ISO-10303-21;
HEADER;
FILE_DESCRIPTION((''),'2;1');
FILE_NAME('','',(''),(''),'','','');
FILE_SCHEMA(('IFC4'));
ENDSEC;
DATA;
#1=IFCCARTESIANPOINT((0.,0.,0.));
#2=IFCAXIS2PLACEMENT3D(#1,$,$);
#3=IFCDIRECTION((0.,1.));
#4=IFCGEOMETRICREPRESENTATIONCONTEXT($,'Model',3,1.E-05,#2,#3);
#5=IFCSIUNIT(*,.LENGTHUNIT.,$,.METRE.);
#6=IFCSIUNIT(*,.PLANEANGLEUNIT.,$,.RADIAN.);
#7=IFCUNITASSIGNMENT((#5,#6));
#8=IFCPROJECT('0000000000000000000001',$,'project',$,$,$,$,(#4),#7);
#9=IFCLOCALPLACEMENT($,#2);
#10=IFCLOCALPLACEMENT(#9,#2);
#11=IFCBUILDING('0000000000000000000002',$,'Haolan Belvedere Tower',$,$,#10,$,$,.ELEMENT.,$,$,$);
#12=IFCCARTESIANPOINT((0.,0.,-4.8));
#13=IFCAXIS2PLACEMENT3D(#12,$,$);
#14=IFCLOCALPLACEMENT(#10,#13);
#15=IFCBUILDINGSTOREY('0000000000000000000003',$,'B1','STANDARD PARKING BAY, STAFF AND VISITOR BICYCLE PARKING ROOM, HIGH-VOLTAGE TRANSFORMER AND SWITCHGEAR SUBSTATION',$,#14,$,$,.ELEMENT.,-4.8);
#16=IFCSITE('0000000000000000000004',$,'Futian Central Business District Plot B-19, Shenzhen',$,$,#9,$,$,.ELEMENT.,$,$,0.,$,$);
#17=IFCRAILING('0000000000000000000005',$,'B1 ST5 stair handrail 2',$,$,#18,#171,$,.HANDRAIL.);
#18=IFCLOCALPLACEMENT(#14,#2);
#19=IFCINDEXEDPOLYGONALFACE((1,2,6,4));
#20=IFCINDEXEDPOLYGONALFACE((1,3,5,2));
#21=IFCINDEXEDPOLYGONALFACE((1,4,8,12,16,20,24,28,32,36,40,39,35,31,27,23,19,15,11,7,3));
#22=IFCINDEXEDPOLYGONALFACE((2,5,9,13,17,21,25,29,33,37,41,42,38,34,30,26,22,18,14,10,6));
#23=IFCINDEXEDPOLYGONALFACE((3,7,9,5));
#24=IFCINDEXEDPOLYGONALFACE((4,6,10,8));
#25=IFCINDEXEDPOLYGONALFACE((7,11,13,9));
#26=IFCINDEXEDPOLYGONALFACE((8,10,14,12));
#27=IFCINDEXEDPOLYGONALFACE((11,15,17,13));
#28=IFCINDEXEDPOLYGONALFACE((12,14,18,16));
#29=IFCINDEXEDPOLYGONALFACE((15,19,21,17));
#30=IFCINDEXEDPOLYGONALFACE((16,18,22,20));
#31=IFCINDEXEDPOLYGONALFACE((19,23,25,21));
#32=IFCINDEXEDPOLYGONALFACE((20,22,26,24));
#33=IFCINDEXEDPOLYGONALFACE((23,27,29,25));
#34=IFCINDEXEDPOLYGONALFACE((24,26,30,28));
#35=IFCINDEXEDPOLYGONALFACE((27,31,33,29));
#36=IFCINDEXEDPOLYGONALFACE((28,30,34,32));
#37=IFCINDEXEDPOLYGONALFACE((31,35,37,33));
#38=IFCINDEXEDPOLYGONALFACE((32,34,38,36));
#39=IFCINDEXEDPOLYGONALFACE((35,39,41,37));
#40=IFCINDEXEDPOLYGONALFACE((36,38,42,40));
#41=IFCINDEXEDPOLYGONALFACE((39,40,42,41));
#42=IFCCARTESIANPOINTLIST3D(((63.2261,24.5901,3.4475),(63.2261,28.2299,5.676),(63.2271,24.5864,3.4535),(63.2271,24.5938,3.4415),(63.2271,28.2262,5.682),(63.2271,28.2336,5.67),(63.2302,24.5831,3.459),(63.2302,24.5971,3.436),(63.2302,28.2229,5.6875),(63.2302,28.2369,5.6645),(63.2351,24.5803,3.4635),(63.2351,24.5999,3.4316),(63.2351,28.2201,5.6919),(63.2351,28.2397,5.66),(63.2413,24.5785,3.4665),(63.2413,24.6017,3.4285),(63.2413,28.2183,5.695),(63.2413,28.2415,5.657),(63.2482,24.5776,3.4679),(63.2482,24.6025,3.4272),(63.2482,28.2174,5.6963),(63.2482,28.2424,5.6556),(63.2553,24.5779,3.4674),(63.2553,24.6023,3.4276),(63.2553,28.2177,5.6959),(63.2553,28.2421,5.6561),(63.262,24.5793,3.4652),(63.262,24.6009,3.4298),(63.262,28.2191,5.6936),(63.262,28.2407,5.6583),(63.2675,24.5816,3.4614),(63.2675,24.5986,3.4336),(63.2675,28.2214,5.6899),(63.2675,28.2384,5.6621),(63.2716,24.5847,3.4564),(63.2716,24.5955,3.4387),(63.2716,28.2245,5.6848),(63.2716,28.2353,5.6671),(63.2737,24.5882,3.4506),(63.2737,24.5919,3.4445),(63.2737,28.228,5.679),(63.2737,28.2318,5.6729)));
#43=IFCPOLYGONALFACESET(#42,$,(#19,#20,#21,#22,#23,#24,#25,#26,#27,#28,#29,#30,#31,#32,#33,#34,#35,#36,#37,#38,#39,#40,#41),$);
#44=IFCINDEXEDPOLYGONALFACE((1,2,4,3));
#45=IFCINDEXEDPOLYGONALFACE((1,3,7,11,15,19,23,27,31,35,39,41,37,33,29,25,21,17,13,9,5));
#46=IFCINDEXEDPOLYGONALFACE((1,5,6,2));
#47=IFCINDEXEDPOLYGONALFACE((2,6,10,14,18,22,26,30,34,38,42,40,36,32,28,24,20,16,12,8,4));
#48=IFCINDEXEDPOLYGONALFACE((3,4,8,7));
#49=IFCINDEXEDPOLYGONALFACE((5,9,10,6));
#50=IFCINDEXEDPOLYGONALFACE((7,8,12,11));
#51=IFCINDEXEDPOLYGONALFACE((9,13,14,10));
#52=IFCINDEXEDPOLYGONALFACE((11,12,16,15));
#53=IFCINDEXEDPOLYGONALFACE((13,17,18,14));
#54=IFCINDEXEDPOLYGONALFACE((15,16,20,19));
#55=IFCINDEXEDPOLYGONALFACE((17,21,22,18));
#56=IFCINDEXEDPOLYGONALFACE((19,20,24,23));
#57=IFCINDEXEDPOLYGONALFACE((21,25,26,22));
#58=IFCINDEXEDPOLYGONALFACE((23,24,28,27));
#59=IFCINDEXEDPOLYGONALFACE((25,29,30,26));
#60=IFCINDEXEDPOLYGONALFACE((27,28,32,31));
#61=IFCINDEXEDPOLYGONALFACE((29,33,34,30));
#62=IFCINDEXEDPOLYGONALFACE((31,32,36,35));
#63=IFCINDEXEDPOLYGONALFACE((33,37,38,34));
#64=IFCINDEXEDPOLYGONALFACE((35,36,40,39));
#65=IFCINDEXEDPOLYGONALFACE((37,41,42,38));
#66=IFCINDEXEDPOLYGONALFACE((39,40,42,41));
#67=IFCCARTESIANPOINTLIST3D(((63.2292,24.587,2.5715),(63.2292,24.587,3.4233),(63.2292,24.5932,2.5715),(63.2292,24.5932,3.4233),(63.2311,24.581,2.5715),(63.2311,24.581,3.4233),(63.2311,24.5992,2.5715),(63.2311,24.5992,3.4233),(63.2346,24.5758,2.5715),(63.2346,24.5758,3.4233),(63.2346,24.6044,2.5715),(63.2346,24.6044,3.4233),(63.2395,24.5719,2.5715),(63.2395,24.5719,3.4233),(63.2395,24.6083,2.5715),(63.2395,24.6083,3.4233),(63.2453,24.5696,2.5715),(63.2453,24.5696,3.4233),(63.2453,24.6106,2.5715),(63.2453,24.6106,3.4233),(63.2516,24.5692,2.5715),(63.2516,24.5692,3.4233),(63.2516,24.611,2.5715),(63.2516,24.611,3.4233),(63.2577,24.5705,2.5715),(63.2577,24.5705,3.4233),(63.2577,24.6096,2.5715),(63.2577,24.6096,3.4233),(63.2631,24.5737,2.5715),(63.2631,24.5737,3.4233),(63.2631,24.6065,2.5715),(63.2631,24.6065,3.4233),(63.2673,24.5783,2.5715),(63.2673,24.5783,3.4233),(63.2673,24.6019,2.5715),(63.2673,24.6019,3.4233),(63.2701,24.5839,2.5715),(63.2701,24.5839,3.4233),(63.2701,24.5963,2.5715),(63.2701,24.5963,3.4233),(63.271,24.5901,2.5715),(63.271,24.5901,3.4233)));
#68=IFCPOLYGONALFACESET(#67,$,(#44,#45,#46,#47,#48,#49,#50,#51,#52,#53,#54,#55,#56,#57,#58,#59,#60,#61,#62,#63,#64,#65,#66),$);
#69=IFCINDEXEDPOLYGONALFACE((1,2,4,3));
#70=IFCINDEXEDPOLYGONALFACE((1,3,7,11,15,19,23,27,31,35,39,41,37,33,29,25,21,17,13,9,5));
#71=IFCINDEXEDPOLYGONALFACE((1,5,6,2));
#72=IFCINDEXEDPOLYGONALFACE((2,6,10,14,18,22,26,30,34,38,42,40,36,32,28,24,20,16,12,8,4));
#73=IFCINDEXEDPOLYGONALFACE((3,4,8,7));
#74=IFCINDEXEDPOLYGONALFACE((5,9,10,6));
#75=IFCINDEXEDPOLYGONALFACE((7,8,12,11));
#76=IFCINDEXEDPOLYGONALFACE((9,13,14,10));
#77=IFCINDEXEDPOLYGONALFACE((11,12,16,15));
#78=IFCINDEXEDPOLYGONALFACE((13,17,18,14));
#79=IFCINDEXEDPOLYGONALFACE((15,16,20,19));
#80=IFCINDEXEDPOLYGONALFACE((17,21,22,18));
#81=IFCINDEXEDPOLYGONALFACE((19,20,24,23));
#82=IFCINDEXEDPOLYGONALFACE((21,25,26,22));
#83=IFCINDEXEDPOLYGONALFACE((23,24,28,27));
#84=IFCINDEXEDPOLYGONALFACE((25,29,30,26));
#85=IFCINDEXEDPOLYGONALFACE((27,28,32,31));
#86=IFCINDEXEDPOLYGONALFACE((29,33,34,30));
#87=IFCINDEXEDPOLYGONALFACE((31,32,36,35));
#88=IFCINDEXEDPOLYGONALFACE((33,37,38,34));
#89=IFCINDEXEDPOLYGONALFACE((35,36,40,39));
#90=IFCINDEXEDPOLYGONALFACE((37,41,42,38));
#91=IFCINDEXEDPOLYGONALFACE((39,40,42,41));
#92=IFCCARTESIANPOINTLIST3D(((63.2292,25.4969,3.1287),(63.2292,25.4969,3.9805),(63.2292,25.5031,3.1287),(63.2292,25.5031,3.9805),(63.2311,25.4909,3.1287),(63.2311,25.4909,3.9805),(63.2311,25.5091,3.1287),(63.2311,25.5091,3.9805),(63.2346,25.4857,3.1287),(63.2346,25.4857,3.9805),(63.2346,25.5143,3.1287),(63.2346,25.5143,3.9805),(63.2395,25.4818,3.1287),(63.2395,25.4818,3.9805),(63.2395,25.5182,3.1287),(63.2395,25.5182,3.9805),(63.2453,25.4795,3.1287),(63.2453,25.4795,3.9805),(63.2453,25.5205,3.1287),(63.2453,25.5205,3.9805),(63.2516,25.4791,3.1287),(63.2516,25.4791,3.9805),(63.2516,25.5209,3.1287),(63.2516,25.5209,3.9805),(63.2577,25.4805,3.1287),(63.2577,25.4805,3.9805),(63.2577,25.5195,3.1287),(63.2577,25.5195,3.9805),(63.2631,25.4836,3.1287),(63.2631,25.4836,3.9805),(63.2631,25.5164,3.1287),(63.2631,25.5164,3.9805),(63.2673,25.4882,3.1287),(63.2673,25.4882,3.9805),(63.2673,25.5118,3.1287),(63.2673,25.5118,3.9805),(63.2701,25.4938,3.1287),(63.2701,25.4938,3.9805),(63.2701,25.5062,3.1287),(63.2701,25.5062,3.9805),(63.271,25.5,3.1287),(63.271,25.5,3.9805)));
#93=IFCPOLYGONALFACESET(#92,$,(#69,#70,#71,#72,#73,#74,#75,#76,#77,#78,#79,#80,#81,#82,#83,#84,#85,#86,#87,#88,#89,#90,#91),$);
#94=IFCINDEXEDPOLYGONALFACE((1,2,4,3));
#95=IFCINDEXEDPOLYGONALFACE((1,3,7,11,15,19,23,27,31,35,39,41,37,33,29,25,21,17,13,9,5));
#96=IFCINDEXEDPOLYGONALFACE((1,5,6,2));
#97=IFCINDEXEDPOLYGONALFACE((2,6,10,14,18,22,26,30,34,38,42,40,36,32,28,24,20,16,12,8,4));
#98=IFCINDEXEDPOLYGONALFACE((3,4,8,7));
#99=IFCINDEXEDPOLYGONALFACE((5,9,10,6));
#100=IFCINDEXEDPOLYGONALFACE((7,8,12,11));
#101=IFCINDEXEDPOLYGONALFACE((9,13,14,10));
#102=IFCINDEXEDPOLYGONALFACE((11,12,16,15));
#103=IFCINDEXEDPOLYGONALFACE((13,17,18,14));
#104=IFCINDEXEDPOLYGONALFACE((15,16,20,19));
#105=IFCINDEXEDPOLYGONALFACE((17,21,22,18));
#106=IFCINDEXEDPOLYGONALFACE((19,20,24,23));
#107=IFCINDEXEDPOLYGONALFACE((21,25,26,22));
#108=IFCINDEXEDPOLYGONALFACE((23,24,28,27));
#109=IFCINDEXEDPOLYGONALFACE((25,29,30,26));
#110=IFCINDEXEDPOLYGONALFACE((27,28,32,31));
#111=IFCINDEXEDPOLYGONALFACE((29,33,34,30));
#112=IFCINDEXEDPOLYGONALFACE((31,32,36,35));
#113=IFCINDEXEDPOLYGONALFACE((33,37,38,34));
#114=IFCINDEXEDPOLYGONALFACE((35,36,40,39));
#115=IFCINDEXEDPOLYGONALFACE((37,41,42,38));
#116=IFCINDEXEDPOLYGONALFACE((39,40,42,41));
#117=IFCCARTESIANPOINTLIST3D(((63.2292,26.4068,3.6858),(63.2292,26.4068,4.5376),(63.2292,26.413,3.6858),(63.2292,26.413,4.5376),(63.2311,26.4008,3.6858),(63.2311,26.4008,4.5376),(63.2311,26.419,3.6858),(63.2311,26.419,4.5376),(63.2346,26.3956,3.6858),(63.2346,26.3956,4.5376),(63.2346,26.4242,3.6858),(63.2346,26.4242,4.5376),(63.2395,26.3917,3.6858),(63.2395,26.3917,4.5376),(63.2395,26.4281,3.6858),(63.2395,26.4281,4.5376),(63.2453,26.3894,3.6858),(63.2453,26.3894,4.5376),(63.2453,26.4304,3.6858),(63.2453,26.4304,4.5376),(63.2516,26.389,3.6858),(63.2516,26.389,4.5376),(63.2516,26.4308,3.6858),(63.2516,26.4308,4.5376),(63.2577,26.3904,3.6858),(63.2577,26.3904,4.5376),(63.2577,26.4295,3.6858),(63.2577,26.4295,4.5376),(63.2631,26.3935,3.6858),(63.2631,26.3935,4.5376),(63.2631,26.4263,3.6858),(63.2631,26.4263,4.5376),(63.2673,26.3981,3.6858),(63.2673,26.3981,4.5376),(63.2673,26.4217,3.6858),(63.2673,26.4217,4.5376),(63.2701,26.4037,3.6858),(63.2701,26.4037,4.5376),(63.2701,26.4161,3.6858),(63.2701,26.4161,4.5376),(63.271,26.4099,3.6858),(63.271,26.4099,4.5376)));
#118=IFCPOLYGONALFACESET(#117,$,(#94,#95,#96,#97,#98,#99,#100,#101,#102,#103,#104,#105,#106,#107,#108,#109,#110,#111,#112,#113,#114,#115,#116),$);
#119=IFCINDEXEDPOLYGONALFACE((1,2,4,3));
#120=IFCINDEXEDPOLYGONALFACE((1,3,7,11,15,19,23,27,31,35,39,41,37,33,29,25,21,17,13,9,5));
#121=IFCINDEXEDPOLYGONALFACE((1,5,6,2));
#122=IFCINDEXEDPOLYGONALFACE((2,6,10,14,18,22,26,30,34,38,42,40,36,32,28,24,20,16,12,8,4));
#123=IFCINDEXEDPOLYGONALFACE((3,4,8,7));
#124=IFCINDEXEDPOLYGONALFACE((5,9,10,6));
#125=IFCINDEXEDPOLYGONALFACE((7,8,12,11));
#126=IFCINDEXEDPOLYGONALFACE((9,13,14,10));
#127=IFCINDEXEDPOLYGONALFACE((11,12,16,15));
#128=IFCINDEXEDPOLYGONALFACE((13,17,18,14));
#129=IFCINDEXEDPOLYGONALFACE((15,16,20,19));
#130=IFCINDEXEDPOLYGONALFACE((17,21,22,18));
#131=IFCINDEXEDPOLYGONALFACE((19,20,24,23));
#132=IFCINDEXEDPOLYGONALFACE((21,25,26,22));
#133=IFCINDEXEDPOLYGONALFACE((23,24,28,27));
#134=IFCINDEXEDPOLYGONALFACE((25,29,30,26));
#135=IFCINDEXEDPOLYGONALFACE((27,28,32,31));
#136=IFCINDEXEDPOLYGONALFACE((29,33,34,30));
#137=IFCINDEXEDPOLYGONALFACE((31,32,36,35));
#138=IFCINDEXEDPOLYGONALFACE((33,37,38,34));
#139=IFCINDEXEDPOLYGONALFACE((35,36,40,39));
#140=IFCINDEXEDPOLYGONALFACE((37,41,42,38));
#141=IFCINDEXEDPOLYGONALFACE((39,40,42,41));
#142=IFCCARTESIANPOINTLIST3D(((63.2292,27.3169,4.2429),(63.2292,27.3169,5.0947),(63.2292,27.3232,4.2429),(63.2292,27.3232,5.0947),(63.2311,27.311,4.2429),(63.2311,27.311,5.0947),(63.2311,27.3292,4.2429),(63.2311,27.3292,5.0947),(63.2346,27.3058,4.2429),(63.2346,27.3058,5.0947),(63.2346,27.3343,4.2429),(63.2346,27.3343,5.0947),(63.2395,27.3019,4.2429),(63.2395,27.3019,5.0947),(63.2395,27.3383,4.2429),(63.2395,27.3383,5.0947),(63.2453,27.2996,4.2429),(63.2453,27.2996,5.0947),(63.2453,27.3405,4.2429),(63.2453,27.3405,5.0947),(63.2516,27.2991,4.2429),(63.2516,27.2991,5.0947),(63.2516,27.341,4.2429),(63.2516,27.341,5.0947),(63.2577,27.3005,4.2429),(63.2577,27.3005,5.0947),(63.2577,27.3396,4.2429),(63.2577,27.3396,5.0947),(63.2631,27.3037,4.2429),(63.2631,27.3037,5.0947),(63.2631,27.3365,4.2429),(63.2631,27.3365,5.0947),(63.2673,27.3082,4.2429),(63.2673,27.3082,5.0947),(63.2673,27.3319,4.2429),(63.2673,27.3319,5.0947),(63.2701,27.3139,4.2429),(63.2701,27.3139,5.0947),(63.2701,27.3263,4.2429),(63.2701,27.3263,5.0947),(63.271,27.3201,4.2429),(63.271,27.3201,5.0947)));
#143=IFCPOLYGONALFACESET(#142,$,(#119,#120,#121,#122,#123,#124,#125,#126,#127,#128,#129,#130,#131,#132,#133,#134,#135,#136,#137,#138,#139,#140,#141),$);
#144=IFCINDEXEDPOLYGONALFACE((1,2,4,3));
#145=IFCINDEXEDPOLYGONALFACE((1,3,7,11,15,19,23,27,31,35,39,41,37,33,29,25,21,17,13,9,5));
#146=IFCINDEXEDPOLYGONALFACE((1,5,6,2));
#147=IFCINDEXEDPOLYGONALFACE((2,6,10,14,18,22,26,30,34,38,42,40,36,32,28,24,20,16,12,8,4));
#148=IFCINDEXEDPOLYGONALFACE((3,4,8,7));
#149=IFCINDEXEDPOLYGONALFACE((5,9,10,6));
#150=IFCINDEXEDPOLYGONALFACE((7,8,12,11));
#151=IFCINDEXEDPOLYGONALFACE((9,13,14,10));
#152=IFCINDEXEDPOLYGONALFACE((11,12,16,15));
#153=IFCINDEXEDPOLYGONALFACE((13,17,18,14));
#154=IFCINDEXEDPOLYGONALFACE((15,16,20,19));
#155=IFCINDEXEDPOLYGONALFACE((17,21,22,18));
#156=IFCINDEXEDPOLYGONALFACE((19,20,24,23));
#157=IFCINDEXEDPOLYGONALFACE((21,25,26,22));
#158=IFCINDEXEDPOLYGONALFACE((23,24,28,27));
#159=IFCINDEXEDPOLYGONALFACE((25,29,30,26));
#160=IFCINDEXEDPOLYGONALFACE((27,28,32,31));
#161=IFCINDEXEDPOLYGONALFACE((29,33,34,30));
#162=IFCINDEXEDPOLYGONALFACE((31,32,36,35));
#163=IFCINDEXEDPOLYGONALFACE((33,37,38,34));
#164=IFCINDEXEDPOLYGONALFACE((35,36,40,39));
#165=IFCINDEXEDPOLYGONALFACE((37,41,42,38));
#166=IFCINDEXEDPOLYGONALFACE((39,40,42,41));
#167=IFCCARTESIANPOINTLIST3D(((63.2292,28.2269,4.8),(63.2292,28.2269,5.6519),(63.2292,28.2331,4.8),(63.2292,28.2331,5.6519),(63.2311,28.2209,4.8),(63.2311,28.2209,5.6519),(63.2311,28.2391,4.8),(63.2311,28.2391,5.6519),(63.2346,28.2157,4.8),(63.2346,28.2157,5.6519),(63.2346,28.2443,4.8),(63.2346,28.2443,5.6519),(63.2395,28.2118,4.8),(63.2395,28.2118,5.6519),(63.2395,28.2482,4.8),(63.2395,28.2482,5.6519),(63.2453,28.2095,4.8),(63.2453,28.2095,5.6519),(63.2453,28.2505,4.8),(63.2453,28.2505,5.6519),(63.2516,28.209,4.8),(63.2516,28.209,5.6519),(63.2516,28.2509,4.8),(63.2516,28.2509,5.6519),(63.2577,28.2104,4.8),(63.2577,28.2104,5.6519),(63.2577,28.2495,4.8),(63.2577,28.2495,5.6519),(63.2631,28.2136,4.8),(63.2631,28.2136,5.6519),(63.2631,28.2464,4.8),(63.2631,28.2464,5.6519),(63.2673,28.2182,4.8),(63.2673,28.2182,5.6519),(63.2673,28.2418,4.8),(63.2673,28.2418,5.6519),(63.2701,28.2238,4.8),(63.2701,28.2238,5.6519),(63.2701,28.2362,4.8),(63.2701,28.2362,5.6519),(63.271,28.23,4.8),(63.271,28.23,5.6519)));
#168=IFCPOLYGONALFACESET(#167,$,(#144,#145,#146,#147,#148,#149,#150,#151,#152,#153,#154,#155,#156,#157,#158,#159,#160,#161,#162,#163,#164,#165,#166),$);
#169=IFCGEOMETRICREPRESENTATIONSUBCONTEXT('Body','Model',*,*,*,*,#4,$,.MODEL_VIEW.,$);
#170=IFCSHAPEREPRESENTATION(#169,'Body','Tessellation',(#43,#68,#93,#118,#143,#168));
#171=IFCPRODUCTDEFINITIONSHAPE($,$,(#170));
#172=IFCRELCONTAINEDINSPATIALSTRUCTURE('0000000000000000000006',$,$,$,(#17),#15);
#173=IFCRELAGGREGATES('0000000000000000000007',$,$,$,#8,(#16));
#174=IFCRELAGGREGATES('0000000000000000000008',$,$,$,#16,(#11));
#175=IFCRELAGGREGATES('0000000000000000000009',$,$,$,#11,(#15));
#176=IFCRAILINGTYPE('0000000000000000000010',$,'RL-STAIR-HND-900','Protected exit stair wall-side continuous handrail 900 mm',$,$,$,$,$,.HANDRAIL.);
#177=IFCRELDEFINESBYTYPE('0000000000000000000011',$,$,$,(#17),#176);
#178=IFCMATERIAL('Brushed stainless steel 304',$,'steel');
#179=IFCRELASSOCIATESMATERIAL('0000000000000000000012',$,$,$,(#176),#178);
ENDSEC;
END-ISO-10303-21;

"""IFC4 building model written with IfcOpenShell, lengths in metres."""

from ifc_helpers import new_model, si_unit, direction, frame, origin, origin_2d, place, context, subcontext, project, spatial, circle, extrude, material, type_object, element, save


model = new_model("IFC4")

# Units and contexts
model_context = context("Model", 3, precision=1e-05, world=origin(), true_north=direction((0.0, 1.0)))
body_context = subcontext(model_context, "Body", "Model", "MODEL_VIEW")
ifc_project = project(units=[si_unit("LENGTHUNIT", "METRE"), si_unit("PLANEANGLEUNIT", "RADIAN")], contexts=[model_context])

# Site, building, storey
site_placement = place(None, origin())
site = spatial("IfcSite", under=ifc_project, at=site_placement, Name="Futian Central Business District Plot B-19, Shenzhen", CompositionType="ELEMENT", RefElevation=0.0)
building_placement = place(site_placement, origin())
building = spatial("IfcBuilding", under=site, at=building_placement, Name="Haolan Belvedere Tower", CompositionType="ELEMENT")
storey_placement = place(building_placement, frame((0.0, 0.0, -4.8)))
storey = spatial("IfcBuildingStorey", under=building, at=storey_placement, Name="B1", Description="STANDARD PARKING BAY, STAFF AND VISITOR BICYCLE PARKING ROOM, HIGH-VOLTAGE TRANSFORMER AND SWITCHGEAR SUBSTATION", CompositionType="ELEMENT", Elevation=-4.8)

# Railing
ifc_material_1 = material(Name="Brushed stainless steel 304", Category="steel")
railing_type_1 = type_object("IfcRailingType", Name="RL-STAIR-HND-900", Description="Protected exit stair wall-side continuous handrail 900 mm", PredefinedType="HANDRAIL", material=ifc_material_1)
railing_1_placement = place(storey_placement, frame((63.25, 24.5901, 2.5715)))
element("IfcRailing", 1, at=railing_1_placement, inside=storey, type_object=railing_type_1, Name="B1 ST5 stair handrail 2", PredefinedType="HANDRAIL", context=body_context, shape_type="SweptSolid", body=[
    extrude(circle(Radius=0.0239, at=origin_2d()), frame((0.0, 0.0, 0.876), z_axis=(0.0, 0.85285, 0.522156), x_axis=(-1.0, 0.0, 0.0)), (0.0, 0.0, 1.0), 4.2678),
    extrude(circle(Radius=0.021, at=origin_2d()), origin(), (0.0, 0.0, 1.0), 0.8518),
    extrude(circle(Radius=0.021, at=origin_2d()), frame((0.0, 0.9099, 0.5571)), (0.0, 0.0, 1.0), 0.8518),
    extrude(circle(Radius=0.021, at=origin_2d()), frame((0.0, 1.8198, 1.1143)), (0.0, 0.0, 1.0), 0.8518),
    extrude(circle(Radius=0.021, at=origin_2d()), frame((0.0, 2.73, 1.6714)), (0.0, 0.0, 1.0), 0.8518),
    extrude(circle(Radius=0.021, at=origin_2d()), frame((0.0, 3.6399, 2.2285)), (0.0, 0.0, 1.0), 0.8518),
])

save(model, "model.ifc")
